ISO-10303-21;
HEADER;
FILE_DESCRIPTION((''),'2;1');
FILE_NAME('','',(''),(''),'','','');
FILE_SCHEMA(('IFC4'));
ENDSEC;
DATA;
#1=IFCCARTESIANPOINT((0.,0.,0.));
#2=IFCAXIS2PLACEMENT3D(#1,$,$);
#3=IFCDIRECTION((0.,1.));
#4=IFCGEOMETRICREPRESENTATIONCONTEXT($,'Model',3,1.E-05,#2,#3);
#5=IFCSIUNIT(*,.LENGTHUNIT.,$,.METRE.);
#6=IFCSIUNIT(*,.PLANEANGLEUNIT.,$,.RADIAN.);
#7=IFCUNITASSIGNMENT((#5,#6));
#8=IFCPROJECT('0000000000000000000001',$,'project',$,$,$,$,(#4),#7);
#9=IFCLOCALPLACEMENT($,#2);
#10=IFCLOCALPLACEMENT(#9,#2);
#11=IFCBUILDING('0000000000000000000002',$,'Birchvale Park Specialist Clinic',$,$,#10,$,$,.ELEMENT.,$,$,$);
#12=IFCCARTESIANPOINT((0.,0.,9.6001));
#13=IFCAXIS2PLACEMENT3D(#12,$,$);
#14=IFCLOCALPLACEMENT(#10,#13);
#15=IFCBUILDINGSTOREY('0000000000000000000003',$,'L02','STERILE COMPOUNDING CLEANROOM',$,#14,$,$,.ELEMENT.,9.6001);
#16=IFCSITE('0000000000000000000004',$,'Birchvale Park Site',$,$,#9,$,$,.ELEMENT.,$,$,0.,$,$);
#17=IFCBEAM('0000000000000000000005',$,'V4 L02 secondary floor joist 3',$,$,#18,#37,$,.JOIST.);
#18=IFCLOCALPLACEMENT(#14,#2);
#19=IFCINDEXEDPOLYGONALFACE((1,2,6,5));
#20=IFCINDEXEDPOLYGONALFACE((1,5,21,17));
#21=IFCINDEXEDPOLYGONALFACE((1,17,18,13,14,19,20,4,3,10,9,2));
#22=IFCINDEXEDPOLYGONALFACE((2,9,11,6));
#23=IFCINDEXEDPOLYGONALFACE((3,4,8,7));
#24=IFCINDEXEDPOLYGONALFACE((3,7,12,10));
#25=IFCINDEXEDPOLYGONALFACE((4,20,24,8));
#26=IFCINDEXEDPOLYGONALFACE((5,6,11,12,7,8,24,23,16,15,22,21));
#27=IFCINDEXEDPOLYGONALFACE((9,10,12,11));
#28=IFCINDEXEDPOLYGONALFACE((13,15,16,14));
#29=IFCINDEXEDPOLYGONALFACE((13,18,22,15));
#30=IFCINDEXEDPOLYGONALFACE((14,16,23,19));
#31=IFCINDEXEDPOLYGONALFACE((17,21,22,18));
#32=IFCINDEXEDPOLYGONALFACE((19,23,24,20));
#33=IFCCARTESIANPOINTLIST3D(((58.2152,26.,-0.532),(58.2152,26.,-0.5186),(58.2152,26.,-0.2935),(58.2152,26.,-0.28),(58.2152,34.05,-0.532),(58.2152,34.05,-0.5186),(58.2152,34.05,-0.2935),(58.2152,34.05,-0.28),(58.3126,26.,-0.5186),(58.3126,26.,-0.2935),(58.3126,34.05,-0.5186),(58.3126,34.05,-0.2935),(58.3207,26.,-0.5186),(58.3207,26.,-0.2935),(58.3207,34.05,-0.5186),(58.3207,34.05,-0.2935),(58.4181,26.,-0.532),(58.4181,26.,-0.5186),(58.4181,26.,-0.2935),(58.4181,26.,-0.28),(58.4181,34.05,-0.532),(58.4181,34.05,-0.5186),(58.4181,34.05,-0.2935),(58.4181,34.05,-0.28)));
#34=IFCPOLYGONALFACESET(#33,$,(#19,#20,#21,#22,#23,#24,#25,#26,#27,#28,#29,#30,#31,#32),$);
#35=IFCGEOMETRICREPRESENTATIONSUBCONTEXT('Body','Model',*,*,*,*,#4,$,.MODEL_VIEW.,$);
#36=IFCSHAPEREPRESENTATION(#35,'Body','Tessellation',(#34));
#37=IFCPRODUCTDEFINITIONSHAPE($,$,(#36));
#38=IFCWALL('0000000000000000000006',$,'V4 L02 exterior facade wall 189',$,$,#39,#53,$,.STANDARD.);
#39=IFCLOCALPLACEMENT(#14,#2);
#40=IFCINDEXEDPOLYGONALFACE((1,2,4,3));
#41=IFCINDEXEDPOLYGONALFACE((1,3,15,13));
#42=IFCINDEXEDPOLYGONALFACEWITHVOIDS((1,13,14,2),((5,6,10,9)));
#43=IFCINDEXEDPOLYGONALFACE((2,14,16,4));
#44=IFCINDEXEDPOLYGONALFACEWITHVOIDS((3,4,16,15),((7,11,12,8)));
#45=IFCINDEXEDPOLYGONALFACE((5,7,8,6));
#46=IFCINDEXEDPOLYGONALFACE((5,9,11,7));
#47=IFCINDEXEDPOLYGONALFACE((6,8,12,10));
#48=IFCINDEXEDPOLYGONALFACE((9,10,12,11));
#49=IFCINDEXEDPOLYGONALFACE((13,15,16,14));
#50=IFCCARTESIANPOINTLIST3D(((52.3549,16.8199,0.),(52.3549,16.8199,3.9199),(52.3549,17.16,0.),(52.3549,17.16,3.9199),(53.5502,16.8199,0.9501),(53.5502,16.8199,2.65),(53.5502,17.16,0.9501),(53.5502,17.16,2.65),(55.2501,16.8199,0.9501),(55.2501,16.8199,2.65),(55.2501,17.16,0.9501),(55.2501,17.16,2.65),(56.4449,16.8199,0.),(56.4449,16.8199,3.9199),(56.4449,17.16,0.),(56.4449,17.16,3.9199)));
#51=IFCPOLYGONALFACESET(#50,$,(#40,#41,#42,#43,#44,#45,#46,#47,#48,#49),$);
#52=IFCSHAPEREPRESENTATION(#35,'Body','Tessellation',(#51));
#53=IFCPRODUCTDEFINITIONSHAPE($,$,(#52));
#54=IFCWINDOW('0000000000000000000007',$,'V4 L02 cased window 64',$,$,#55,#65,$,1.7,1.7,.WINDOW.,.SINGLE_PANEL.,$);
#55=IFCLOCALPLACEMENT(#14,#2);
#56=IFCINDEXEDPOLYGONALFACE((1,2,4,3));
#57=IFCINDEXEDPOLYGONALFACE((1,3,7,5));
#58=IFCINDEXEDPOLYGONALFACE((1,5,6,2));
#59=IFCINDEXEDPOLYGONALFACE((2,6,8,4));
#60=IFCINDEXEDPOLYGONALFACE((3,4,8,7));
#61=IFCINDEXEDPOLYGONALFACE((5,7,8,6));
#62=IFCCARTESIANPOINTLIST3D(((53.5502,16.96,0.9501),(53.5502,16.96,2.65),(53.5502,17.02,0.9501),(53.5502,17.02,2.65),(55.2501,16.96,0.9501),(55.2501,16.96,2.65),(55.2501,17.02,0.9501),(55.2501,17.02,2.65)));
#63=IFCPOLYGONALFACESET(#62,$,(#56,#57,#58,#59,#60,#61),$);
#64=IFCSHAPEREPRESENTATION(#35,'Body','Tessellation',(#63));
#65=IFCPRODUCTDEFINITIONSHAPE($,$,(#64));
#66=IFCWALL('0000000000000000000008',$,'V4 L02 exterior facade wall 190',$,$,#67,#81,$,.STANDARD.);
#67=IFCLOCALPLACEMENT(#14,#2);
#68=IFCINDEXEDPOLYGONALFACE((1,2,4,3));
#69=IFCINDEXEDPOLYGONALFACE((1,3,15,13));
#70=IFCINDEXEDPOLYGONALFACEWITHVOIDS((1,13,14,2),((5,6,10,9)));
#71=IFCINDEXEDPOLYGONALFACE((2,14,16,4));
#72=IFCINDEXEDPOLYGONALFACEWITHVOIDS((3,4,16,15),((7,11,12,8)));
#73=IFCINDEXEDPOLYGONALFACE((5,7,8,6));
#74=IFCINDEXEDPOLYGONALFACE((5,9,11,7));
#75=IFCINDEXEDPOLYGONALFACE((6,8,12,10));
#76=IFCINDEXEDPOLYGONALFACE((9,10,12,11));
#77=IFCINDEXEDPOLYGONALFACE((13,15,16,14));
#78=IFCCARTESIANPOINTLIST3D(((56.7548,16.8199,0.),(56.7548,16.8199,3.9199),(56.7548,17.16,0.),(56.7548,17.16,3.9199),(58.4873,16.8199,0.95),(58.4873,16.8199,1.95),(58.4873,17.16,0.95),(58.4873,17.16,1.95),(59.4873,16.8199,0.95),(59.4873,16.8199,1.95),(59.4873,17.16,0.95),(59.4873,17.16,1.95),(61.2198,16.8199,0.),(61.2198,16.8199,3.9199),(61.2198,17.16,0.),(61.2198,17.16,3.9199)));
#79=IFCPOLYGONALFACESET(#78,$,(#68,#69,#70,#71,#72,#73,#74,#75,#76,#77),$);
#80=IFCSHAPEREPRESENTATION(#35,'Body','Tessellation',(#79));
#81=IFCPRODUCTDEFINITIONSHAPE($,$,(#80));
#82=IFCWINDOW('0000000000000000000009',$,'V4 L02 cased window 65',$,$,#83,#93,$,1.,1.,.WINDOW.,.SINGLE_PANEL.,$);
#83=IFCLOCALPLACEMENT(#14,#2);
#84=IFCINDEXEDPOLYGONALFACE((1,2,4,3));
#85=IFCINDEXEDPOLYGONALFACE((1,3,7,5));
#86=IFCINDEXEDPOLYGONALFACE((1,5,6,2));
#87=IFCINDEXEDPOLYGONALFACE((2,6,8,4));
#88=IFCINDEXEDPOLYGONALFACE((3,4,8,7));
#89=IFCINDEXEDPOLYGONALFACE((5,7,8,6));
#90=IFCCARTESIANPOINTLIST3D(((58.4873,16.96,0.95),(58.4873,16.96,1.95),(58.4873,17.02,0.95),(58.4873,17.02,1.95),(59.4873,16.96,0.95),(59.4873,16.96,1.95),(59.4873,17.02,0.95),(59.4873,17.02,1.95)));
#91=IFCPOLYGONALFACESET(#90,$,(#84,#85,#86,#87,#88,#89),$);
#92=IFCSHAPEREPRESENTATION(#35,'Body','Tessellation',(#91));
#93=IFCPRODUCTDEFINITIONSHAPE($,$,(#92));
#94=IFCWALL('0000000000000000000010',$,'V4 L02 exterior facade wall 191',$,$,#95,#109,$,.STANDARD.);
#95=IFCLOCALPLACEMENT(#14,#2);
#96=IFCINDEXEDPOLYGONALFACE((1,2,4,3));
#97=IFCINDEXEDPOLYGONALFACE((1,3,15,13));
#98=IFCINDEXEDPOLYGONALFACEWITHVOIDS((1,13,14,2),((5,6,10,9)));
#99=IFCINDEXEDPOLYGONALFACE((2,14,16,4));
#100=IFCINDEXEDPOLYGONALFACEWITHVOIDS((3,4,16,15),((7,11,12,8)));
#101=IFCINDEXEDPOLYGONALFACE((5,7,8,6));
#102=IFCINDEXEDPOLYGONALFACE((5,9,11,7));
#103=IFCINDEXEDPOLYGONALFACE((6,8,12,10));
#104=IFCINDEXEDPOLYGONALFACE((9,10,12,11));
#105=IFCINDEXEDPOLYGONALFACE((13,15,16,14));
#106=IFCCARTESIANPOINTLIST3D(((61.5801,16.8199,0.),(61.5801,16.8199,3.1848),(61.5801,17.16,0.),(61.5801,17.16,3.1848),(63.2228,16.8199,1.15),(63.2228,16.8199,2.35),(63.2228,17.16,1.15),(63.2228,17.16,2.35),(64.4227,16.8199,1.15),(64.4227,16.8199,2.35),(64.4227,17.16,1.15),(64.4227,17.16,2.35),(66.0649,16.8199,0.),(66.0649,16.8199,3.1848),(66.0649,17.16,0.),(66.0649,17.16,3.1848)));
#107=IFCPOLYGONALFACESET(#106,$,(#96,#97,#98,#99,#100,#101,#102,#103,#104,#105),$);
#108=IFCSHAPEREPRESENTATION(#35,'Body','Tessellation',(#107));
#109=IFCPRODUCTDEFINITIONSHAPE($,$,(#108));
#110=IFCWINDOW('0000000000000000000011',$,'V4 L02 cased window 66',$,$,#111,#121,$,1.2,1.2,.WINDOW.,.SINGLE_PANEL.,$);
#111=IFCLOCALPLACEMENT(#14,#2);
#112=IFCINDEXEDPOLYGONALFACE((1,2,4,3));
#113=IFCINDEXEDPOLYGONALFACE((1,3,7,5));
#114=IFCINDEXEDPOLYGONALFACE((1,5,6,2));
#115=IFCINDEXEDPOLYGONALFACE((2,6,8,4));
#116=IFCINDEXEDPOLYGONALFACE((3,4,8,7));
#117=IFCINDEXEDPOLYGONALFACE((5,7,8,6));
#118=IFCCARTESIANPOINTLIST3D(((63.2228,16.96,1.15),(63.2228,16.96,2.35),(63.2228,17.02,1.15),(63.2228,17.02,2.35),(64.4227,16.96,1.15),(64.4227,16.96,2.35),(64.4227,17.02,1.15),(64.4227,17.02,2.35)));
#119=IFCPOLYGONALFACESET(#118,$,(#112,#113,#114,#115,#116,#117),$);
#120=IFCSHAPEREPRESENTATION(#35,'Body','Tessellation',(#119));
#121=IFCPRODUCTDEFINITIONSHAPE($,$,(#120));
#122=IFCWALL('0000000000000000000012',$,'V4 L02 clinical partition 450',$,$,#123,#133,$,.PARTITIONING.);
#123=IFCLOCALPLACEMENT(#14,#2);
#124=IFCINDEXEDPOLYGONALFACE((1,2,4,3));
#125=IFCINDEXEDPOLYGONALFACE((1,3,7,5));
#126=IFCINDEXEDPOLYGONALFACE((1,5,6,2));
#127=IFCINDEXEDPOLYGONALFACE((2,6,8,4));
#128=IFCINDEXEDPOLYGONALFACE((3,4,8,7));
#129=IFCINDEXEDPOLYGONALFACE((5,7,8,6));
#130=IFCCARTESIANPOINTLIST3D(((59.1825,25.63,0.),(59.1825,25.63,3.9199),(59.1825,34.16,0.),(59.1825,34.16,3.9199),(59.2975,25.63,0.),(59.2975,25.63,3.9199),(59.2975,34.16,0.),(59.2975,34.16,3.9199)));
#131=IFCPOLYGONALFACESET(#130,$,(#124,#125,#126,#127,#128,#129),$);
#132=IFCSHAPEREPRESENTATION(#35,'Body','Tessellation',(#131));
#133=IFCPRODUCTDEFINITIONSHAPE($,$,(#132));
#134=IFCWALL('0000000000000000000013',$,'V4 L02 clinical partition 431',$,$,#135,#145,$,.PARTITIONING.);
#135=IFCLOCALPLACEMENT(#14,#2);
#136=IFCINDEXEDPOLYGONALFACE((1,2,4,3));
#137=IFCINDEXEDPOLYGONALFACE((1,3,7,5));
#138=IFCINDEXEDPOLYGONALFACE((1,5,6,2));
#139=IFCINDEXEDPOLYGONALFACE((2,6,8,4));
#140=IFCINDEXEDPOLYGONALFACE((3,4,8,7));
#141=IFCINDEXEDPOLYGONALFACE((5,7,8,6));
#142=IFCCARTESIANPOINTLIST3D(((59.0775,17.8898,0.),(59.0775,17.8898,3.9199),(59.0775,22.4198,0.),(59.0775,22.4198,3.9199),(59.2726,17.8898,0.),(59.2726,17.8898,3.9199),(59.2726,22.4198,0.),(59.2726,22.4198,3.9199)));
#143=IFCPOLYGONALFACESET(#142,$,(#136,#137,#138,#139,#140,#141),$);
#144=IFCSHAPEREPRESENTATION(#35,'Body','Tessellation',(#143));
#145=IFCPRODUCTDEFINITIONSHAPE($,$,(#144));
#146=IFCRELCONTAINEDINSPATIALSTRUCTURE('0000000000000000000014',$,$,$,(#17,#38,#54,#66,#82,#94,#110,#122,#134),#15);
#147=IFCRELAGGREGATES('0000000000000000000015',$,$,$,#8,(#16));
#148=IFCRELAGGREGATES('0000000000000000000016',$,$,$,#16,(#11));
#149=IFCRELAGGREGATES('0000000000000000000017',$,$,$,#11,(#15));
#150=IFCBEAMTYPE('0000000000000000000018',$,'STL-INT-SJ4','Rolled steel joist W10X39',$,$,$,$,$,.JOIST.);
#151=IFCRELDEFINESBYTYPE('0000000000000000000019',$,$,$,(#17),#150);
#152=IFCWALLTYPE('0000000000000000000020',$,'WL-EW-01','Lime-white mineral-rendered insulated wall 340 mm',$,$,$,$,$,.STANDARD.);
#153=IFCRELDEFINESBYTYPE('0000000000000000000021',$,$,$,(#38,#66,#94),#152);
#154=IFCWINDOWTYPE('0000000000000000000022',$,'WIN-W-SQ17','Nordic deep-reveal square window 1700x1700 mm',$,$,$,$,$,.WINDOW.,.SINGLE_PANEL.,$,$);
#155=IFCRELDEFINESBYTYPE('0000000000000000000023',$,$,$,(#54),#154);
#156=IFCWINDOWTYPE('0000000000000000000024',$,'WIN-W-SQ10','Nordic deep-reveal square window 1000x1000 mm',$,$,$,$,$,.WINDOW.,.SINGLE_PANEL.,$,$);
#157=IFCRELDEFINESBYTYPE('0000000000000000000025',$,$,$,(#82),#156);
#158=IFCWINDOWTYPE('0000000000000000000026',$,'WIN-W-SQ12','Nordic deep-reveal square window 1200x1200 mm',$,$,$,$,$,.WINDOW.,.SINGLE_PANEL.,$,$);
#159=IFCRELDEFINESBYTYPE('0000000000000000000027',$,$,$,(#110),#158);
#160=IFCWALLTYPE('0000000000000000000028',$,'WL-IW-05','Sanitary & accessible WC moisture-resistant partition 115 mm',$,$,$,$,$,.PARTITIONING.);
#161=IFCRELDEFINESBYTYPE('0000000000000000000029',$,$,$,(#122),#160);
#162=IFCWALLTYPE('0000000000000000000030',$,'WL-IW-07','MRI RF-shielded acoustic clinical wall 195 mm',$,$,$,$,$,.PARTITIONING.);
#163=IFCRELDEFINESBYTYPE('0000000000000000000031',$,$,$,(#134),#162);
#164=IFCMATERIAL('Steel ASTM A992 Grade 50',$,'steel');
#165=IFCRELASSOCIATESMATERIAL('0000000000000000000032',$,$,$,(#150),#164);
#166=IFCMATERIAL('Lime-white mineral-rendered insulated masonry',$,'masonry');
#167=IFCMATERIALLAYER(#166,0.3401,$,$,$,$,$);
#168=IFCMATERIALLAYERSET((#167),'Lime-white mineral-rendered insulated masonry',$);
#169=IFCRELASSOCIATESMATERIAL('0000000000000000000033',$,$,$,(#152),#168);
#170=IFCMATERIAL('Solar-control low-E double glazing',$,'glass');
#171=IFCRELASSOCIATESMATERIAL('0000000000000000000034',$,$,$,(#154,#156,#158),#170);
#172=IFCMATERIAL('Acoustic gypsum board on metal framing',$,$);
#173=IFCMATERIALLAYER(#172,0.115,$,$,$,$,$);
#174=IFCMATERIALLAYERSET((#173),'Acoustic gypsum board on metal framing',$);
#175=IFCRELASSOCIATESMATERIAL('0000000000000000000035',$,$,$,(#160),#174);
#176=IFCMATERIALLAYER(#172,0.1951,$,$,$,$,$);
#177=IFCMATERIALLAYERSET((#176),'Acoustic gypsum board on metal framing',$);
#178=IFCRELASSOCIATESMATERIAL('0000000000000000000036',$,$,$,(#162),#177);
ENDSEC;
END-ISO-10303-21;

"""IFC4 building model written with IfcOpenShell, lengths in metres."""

from ifc_helpers import new_model, si_unit, direction, frame, frame_2d, origin, origin_2d, place, context, subcontext, project, spatial, rectangle, i_section, extrude, material, layer, layer_set, material_profile, profile_set, type_object, element, fill, save


model = new_model("IFC4")

# Units and contexts
model_context = context("Model", 3, precision=1e-05, world=origin(), true_north=direction((0.0, 1.0)))
body_context = subcontext(model_context, "Body", "Model", "MODEL_VIEW")
ifc_project = project(units=[si_unit("LENGTHUNIT", "METRE"), si_unit("PLANEANGLEUNIT", "RADIAN")], contexts=[model_context])

# Site, building, storey
site_placement = place(None, origin())
site = spatial("IfcSite", under=ifc_project, at=site_placement, Name="Birchvale Park Site", CompositionType="ELEMENT", RefElevation=0.0)
building_placement = place(site_placement, origin())
building = spatial("IfcBuilding", under=site, at=building_placement, Name="Birchvale Park Specialist Clinic", CompositionType="ELEMENT")
storey_placement = place(building_placement, frame((0.0, 0.0, 9.6001)))
storey = spatial("IfcBuildingStorey", under=building, at=storey_placement, Name="L02", Description="STERILE COMPOUNDING CLEANROOM", CompositionType="ELEMENT", Elevation=9.6001)

# Beam
ifc_material_1 = material(Name="Steel ASTM A992 Grade 50", Category="steel")
ifc_material_profile_1 = material_profile(ifc_material_1, i_section(OverallWidth=0.2029, OverallDepth=0.252, WebThickness=0.0081, FlangeThickness=0.0134, at=origin_2d()), Name="W10X39")
ifc_profile_set_1 = profile_set([ifc_material_profile_1], Name="Steel ASTM A992 Grade 50")
beam_type_1 = type_object("IfcBeamType", Name="STL-INT-SJ4", Description="Rolled steel joist W10X39", PredefinedType="JOIST", material=ifc_profile_set_1)
beam_1_placement = place(storey_placement, frame((58.3167, 26.0, -0.406), z_axis=(0.0, 1.0, 0.0), x_axis=(-1.0, 0.0, 0.0)))
element("IfcBeam", 1, at=beam_1_placement, inside=storey, type_object=beam_type_1, Name="V4 L02 secondary floor joist 3", PredefinedType="JOIST", context=body_context, shape_type="SweptSolid", body=[
    extrude(i_section(OverallWidth=0.2029, OverallDepth=0.252, WebThickness=0.0081, FlangeThickness=0.0134, at=origin_2d()), origin(), (0.0, 0.0, 1.0), 8.05),
])

# Walls, openings, windows
ifc_material_2 = material(Name="Lime-white mineral-rendered insulated masonry", Category="masonry")
ifc_layer_1 = layer(ifc_material_2, 0.3401)
ifc_layer_set_1 = layer_set([ifc_layer_1], Name="Lime-white mineral-rendered insulated masonry")
wall_type_1 = type_object("IfcWallType", Name="WL-EW-01", Description="Lime-white mineral-rendered insulated wall 340 mm", PredefinedType="STANDARD", material=ifc_layer_set_1)
wall_1_placement = place(storey_placement, frame((52.355, 16.99, 0.0), z_axis=(0.0, 0.0, 1.0), x_axis=(1.0, 0.0, 0.0)))
wall_1 = element("IfcWall", 2, at=wall_1_placement, inside=storey, type_object=wall_type_1, Name="V4 L02 exterior facade wall 189", PredefinedType="STANDARD", context=body_context, shape_type="SweptSolid", body=[
    extrude(rectangle(XDim=4.0901, YDim=0.3401, at=frame_2d((2.0449, 0.0))), origin(), (0.0, 0.0, 1.0), 3.9199),
])
opening_1_placement = place(wall_1_placement, frame((1.1951, 0.0, 0.95)))
opening_1 = element("IfcOpeningElement", 3, at=opening_1_placement, cuts=wall_1, PredefinedType="OPENING", context=body_context, shape_type="SweptSolid", body=[
    extrude(rectangle(XDim=1.7, YDim=1.7, at=frame_2d((0.8501, 0.8501))), frame((0.0, 0.1802, 0.0), z_axis=(0.0, -1.0, 0.0), x_axis=(1.0, 0.0, 0.0)), (0.0, 0.0, 1.0), 0.3601),
])
ifc_material_3 = material(Name="Solar-control low-E double glazing", Category="glass")
window_type_1 = type_object("IfcWindowType", Name="WIN-W-SQ17", Description="Nordic deep-reveal square window 1700x1700 mm", PartitioningType="SINGLE_PANEL", PredefinedType="WINDOW", material=ifc_material_3)
window_1_placement = place(opening_1_placement, origin())
window_1 = element("IfcWindow", 4, at=window_1_placement, inside=storey, type_object=window_type_1, Name="V4 L02 cased window 64", OverallHeight=1.7, OverallWidth=1.7, PartitioningType="SINGLE_PANEL", PredefinedType="WINDOW", context=body_context, shape_type="SweptSolid", body=[
    extrude(rectangle(XDim=1.7, YDim=1.7, at=frame_2d((0.8501, 0.8501))), frame((0.0, 0.03, 0.0), z_axis=(0.0, -1.0, 0.0), x_axis=(1.0, 0.0, 0.0)), (0.0, 0.0, 1.0), 0.0601),
])
fill(opening_1, window_1)
wall_2_placement = place(storey_placement, frame((56.7549, 16.99, 0.0), z_axis=(0.0, 0.0, 1.0), x_axis=(1.0, 0.0, 0.0)))
wall_2 = element("IfcWall", 5, at=wall_2_placement, inside=storey, type_object=wall_type_1, Name="V4 L02 exterior facade wall 190", PredefinedType="STANDARD", context=body_context, shape_type="SweptSolid", body=[
    extrude(rectangle(XDim=4.4651, YDim=0.3401, at=frame_2d((2.2324, 0.0))), origin(), (0.0, 0.0, 1.0), 3.9199),
])
opening_2_placement = place(wall_2_placement, frame((1.7324, 0.0, 0.95)))
opening_2 = element("IfcOpeningElement", 6, at=opening_2_placement, cuts=wall_2, PredefinedType="OPENING", context=body_context, shape_type="SweptSolid", body=[
    extrude(rectangle(XDim=1.0, YDim=1.0, at=frame_2d((0.5, 0.5))), frame((0.0, 0.1802, 0.0), z_axis=(0.0, -1.0, 0.0), x_axis=(1.0, 0.0, 0.0)), (0.0, 0.0, 1.0), 0.3601),
])
window_type_2 = type_object("IfcWindowType", Name="WIN-W-SQ10", Description="Nordic deep-reveal square window 1000x1000 mm", PartitioningType="SINGLE_PANEL", PredefinedType="WINDOW", material=ifc_material_3)
window_2_placement = place(opening_2_placement, origin())
window_2 = element("IfcWindow", 7, at=window_2_placement, inside=storey, type_object=window_type_2, Name="V4 L02 cased window 65", OverallHeight=1.0, OverallWidth=1.0, PartitioningType="SINGLE_PANEL", PredefinedType="WINDOW", context=body_context, shape_type="SweptSolid", body=[
    extrude(rectangle(XDim=1.0, YDim=1.0, at=frame_2d((0.5, 0.5))), frame((0.0, 0.03, 0.0), z_axis=(0.0, -1.0, 0.0), x_axis=(1.0, 0.0, 0.0)), (0.0, 0.0, 1.0), 0.0601),
])
fill(opening_2, window_2)
wall_3_placement = place(storey_placement, frame((61.5801, 16.99, 0.0), z_axis=(0.0, 0.0, 1.0), x_axis=(1.0, 0.0, 0.0)))
wall_3 = element("IfcWall", 8, at=wall_3_placement, inside=storey, type_object=wall_type_1, Name="V4 L02 exterior facade wall 191", PredefinedType="STANDARD", context=body_context, shape_type="SweptSolid", body=[
    extrude(rectangle(XDim=4.4849, YDim=0.3401, at=frame_2d((2.2424, 0.0))), origin(), (0.0, 0.0, 1.0), 3.1848),
])
opening_3_placement = place(wall_3_placement, frame((1.6426, 0.0, 1.1499)))
opening_3 = element("IfcOpeningElement", 9, at=opening_3_placement, cuts=wall_3, PredefinedType="OPENING", context=body_context, shape_type="SweptSolid", body=[
    extrude(rectangle(XDim=1.2, YDim=1.2, at=frame_2d((0.6001, 0.6001))), frame((0.0, 0.1802, 0.0), z_axis=(0.0, -1.0, 0.0), x_axis=(1.0, 0.0, 0.0)), (0.0, 0.0, 1.0), 0.3601),
])
window_type_3 = type_object("IfcWindowType", Name="WIN-W-SQ12", Description="Nordic deep-reveal square window 1200x1200 mm", PartitioningType="SINGLE_PANEL", PredefinedType="WINDOW", material=ifc_material_3)
window_3_placement = place(opening_3_placement, origin())
window_3 = element("IfcWindow", 10, at=window_3_placement, inside=storey, type_object=window_type_3, Name="V4 L02 cased window 66", OverallHeight=1.2, OverallWidth=1.2, PartitioningType="SINGLE_PANEL", PredefinedType="WINDOW", context=body_context, shape_type="SweptSolid", body=[
    extrude(rectangle(XDim=1.2, YDim=1.2, at=frame_2d((0.6001, 0.6001))), frame((0.0, 0.03, 0.0), z_axis=(0.0, -1.0, 0.0), x_axis=(1.0, 0.0, 0.0)), (0.0, 0.0, 1.0), 0.0601),
])
fill(opening_3, window_3)

# Walls
ifc_material_4 = material(Name="Acoustic gypsum board on metal framing")
ifc_layer_2 = layer(ifc_material_4, 0.115)
ifc_layer_set_2 = layer_set([ifc_layer_2], Name="Acoustic gypsum board on metal framing")
wall_type_2 = type_object("IfcWallType", Name="WL-IW-05", Description="Sanitary & accessible WC moisture-resistant partition 115 mm", PredefinedType="PARTITIONING", material=ifc_layer_set_2)
wall_4_placement = place(storey_placement, frame((59.24, 25.6299, 0.0), z_axis=(0.0, 0.0, 1.0), x_axis=(0.0, 1.0, 0.0)))
element("IfcWall", 11, at=wall_4_placement, inside=storey, type_object=wall_type_2, Name="V4 L02 clinical partition 450", PredefinedType="PARTITIONING", context=body_context, shape_type="SweptSolid", body=[
    extrude(rectangle(XDim=8.53, YDim=0.115, at=frame_2d((4.2651, 0.0))), origin(), (0.0, 0.0, 1.0), 3.9199),
])
ifc_layer_3 = layer(ifc_material_4, 0.1951)
ifc_layer_set_3 = layer_set([ifc_layer_3], Name="Acoustic gypsum board on metal framing")
wall_type_3 = type_object("IfcWallType", Name="WL-IW-07", Description="MRI RF-shielded acoustic clinical wall 195 mm", PredefinedType="PARTITIONING", material=ifc_layer_set_3)
wall_5_placement = place(storey_placement, frame((59.175, 22.4199, 0.0), z_axis=(0.0, 0.0, 1.0), x_axis=(0.0, -1.0, 0.0)))
element("IfcWall", 12, at=wall_5_placement, inside=storey, type_object=wall_type_3, Name="V4 L02 clinical partition 431", PredefinedType="PARTITIONING", context=body_context, shape_type="SweptSolid", body=[
    extrude(rectangle(XDim=4.53, YDim=0.1951, at=frame_2d((2.2651, 0.0))), origin(), (0.0, 0.0, 1.0), 3.9199),
])

save(model, "model.ifc")
